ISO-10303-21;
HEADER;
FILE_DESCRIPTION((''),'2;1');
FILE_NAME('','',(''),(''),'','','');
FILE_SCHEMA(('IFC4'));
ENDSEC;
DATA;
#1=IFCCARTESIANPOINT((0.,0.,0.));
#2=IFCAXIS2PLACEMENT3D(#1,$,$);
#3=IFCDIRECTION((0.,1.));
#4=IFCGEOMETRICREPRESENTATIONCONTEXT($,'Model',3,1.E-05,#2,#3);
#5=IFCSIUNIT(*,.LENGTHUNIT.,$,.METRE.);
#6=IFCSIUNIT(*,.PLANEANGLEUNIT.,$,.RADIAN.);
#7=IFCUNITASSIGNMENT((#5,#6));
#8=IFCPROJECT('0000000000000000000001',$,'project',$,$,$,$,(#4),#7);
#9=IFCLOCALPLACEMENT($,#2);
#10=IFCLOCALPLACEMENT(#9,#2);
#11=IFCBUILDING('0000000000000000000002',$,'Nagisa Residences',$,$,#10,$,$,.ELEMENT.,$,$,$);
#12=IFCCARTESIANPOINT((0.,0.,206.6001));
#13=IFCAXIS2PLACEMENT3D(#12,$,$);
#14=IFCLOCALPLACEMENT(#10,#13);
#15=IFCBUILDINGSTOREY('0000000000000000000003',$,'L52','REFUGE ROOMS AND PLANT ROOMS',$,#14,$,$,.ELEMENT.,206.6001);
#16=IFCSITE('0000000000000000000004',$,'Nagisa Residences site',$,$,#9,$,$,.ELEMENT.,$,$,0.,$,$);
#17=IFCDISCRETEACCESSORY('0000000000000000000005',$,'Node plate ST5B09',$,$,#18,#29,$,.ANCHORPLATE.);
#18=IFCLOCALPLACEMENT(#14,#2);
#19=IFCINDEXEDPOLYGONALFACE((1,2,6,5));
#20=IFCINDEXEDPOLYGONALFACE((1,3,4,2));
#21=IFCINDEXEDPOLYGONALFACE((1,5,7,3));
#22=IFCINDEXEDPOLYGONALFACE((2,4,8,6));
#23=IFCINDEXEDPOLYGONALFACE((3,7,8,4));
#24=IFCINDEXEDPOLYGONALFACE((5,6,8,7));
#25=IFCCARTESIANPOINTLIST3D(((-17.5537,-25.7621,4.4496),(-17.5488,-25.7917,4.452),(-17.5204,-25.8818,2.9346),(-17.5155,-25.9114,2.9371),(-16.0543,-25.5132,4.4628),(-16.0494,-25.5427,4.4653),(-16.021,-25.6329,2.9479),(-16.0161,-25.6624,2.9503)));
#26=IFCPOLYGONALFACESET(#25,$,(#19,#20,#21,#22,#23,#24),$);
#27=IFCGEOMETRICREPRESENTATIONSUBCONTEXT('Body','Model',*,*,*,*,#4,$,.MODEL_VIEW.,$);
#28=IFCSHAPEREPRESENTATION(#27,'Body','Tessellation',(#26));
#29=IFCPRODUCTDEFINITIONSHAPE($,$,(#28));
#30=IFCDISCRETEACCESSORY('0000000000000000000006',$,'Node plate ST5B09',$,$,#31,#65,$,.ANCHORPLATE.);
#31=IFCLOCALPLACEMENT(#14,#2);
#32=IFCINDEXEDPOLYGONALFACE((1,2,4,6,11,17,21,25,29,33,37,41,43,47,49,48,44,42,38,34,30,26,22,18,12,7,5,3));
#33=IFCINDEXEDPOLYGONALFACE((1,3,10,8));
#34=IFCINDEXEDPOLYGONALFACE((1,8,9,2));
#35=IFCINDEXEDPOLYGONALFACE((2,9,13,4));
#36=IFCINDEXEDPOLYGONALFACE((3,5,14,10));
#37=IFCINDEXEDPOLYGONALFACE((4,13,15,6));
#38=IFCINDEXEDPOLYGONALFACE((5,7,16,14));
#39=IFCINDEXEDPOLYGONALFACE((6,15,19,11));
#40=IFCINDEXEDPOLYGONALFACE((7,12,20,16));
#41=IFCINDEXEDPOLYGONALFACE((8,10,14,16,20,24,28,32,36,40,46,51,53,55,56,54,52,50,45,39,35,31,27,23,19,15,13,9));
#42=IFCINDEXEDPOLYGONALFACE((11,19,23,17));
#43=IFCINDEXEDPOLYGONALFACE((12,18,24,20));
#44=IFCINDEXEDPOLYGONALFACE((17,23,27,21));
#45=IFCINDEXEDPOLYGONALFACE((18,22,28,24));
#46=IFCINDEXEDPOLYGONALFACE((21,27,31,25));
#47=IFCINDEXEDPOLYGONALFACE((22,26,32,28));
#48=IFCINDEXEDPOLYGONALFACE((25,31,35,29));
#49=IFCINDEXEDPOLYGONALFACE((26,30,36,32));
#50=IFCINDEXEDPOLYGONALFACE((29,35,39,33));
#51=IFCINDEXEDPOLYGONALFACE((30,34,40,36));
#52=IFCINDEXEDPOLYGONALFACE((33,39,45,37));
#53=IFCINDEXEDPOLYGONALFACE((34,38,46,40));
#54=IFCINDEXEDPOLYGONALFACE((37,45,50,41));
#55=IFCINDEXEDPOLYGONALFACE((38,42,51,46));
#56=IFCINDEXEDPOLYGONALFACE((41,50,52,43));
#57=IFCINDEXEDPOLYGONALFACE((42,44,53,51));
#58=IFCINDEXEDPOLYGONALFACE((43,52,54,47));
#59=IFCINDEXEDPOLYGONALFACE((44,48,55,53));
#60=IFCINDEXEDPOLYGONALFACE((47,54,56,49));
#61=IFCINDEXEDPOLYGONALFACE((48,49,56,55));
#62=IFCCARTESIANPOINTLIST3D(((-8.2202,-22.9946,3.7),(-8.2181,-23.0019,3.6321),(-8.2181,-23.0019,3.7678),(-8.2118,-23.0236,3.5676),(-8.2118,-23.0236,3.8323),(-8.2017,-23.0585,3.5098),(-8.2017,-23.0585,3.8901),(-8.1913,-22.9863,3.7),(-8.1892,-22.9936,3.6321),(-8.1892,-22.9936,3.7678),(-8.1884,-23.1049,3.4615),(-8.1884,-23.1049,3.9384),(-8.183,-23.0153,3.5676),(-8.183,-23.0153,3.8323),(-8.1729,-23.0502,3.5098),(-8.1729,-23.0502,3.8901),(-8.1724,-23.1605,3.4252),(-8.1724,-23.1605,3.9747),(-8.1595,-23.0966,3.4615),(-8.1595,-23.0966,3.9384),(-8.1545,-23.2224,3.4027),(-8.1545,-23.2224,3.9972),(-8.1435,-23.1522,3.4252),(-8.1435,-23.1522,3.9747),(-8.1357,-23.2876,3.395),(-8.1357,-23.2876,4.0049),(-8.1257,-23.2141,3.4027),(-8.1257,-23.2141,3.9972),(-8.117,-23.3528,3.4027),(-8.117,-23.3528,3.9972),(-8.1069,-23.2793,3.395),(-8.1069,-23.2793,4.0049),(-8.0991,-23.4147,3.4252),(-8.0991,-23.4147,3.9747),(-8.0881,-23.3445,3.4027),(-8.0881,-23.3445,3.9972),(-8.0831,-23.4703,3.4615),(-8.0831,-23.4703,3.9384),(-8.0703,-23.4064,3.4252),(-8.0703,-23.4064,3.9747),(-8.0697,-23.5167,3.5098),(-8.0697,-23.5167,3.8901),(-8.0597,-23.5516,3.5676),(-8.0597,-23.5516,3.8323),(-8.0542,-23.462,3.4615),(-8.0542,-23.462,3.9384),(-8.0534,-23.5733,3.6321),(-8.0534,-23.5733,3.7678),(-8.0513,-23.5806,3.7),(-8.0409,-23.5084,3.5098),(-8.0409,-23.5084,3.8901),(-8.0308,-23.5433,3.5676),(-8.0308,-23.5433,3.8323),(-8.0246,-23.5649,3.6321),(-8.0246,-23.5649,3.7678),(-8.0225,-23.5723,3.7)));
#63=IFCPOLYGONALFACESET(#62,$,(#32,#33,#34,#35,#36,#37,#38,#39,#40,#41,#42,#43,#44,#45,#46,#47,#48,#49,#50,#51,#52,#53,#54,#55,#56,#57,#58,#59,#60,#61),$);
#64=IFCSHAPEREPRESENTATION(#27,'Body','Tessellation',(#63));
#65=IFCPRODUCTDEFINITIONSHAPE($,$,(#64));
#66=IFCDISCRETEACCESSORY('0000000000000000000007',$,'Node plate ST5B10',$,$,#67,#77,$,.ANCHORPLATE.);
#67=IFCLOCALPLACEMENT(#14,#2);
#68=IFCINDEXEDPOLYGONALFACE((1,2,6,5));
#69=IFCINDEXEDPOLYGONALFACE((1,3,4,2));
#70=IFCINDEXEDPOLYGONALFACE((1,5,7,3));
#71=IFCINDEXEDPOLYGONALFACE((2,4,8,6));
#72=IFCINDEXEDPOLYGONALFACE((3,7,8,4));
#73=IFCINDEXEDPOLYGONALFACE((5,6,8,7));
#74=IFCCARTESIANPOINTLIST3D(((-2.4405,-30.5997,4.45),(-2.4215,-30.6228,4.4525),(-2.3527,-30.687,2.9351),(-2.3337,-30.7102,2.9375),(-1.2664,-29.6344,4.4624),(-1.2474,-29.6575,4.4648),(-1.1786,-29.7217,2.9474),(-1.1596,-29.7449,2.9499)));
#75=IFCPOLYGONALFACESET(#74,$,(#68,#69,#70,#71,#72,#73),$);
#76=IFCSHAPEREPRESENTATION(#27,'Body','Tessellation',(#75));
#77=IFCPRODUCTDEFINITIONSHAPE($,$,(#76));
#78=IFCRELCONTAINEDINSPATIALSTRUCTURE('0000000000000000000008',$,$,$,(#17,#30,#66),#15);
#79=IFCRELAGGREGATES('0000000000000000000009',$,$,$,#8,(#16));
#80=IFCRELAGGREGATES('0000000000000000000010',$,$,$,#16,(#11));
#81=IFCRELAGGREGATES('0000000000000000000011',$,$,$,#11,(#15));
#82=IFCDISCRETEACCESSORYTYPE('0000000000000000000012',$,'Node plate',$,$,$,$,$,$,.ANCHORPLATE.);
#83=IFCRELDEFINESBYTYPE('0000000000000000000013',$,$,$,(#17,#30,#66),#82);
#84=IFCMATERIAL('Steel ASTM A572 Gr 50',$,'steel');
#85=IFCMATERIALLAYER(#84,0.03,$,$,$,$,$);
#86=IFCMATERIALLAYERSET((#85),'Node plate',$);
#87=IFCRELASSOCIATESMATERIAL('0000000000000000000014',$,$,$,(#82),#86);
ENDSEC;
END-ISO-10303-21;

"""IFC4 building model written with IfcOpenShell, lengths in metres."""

from ifc_helpers import new_model, si_unit, direction, frame, origin, origin_2d, place, context, subcontext, project, spatial, rectangle, circle, extrude, material, layer, layer_set, type_object, element, save


model = new_model("IFC4")

# Units and contexts
model_context = context("Model", 3, precision=1e-05, world=origin(), true_north=direction((0.0, 1.0)))
body_context = subcontext(model_context, "Body", "Model", "MODEL_VIEW")
ifc_project = project(units=[si_unit("LENGTHUNIT", "METRE"), si_unit("PLANEANGLEUNIT", "RADIAN")], contexts=[model_context])

# Site, building, storey
site_placement = place(None, origin())
site = spatial("IfcSite", under=ifc_project, at=site_placement, Name="Nagisa Residences site", CompositionType="ELEMENT", RefElevation=0.0)
building_placement = place(site_placement, origin())
building = spatial("IfcBuilding", under=site, at=building_placement, Name="Nagisa Residences", CompositionType="ELEMENT")
storey_placement = place(building_placement, frame((0.0, 0.0, 206.6001)))
storey = spatial("IfcBuildingStorey", under=building, at=storey_placement, Name="L52", Description="REFUGE ROOMS AND PLANT ROOMS", CompositionType="ELEMENT", Elevation=206.6001)

# Discrete accessories
ifc_material_1 = material(Name="Steel ASTM A572 Gr 50", Category="steel")
ifc_layer_1 = layer(ifc_material_1, 0.03)
ifc_layer_set_1 = layer_set([ifc_layer_1], Name="Node plate")
discrete_accessory_type_1 = type_object("IfcDiscreteAccessoryType", Name="Node plate", PredefinedType="ANCHORPLATE", material=ifc_layer_set_1)
discrete_accessory_1_placement = place(storey_placement, frame((-16.7825, -25.7271, 3.7012), z_axis=(-0.162537, 0.98335, -0.081269), x_axis=(0.986459, 0.163773, 0.008734)))
element("IfcDiscreteAccessory", 1, at=discrete_accessory_1_placement, inside=storey, type_object=discrete_accessory_type_1, Name="Node plate ST5B09", PredefinedType="ANCHORPLATE", context=body_context, shape_type="SweptSolid", body=[
    extrude(rectangle(XDim=1.52, YDim=1.52, at=origin_2d()), origin(), (0.0, 0.0, 1.0), 0.03),
])
discrete_accessory_2_placement = place(storey_placement, frame((-8.1357, -23.2876, 3.7), z_axis=(0.960907, 0.276871, 0.0), x_axis=(-0.276871, 0.960907, 0.0)))
element("IfcDiscreteAccessory", 2, at=discrete_accessory_2_placement, inside=storey, type_object=discrete_accessory_type_1, Name="Node plate ST5B09", PredefinedType="ANCHORPLATE", context=body_context, shape_type="SweptSolid", body=[
    extrude(circle(Radius=0.3049, at=origin_2d()), origin(), (0.0, 0.0, 1.0), 0.03),
])
discrete_accessory_3_placement = place(storey_placement, frame((-1.7905, -30.1838, 3.7012), z_axis=(-0.632476, 0.770324, -0.081087), x_axis=(0.772422, 0.635057, 0.00815)))
element("IfcDiscreteAccessory", 3, at=discrete_accessory_3_placement, inside=storey, type_object=discrete_accessory_type_1, Name="Node plate ST5B10", PredefinedType="ANCHORPLATE", context=body_context, shape_type="SweptSolid", body=[
    extrude(rectangle(XDim=1.52, YDim=1.52, at=origin_2d()), origin(), (0.0, 0.0, 1.0), 0.03),
])

save(model, "model.ifc")
